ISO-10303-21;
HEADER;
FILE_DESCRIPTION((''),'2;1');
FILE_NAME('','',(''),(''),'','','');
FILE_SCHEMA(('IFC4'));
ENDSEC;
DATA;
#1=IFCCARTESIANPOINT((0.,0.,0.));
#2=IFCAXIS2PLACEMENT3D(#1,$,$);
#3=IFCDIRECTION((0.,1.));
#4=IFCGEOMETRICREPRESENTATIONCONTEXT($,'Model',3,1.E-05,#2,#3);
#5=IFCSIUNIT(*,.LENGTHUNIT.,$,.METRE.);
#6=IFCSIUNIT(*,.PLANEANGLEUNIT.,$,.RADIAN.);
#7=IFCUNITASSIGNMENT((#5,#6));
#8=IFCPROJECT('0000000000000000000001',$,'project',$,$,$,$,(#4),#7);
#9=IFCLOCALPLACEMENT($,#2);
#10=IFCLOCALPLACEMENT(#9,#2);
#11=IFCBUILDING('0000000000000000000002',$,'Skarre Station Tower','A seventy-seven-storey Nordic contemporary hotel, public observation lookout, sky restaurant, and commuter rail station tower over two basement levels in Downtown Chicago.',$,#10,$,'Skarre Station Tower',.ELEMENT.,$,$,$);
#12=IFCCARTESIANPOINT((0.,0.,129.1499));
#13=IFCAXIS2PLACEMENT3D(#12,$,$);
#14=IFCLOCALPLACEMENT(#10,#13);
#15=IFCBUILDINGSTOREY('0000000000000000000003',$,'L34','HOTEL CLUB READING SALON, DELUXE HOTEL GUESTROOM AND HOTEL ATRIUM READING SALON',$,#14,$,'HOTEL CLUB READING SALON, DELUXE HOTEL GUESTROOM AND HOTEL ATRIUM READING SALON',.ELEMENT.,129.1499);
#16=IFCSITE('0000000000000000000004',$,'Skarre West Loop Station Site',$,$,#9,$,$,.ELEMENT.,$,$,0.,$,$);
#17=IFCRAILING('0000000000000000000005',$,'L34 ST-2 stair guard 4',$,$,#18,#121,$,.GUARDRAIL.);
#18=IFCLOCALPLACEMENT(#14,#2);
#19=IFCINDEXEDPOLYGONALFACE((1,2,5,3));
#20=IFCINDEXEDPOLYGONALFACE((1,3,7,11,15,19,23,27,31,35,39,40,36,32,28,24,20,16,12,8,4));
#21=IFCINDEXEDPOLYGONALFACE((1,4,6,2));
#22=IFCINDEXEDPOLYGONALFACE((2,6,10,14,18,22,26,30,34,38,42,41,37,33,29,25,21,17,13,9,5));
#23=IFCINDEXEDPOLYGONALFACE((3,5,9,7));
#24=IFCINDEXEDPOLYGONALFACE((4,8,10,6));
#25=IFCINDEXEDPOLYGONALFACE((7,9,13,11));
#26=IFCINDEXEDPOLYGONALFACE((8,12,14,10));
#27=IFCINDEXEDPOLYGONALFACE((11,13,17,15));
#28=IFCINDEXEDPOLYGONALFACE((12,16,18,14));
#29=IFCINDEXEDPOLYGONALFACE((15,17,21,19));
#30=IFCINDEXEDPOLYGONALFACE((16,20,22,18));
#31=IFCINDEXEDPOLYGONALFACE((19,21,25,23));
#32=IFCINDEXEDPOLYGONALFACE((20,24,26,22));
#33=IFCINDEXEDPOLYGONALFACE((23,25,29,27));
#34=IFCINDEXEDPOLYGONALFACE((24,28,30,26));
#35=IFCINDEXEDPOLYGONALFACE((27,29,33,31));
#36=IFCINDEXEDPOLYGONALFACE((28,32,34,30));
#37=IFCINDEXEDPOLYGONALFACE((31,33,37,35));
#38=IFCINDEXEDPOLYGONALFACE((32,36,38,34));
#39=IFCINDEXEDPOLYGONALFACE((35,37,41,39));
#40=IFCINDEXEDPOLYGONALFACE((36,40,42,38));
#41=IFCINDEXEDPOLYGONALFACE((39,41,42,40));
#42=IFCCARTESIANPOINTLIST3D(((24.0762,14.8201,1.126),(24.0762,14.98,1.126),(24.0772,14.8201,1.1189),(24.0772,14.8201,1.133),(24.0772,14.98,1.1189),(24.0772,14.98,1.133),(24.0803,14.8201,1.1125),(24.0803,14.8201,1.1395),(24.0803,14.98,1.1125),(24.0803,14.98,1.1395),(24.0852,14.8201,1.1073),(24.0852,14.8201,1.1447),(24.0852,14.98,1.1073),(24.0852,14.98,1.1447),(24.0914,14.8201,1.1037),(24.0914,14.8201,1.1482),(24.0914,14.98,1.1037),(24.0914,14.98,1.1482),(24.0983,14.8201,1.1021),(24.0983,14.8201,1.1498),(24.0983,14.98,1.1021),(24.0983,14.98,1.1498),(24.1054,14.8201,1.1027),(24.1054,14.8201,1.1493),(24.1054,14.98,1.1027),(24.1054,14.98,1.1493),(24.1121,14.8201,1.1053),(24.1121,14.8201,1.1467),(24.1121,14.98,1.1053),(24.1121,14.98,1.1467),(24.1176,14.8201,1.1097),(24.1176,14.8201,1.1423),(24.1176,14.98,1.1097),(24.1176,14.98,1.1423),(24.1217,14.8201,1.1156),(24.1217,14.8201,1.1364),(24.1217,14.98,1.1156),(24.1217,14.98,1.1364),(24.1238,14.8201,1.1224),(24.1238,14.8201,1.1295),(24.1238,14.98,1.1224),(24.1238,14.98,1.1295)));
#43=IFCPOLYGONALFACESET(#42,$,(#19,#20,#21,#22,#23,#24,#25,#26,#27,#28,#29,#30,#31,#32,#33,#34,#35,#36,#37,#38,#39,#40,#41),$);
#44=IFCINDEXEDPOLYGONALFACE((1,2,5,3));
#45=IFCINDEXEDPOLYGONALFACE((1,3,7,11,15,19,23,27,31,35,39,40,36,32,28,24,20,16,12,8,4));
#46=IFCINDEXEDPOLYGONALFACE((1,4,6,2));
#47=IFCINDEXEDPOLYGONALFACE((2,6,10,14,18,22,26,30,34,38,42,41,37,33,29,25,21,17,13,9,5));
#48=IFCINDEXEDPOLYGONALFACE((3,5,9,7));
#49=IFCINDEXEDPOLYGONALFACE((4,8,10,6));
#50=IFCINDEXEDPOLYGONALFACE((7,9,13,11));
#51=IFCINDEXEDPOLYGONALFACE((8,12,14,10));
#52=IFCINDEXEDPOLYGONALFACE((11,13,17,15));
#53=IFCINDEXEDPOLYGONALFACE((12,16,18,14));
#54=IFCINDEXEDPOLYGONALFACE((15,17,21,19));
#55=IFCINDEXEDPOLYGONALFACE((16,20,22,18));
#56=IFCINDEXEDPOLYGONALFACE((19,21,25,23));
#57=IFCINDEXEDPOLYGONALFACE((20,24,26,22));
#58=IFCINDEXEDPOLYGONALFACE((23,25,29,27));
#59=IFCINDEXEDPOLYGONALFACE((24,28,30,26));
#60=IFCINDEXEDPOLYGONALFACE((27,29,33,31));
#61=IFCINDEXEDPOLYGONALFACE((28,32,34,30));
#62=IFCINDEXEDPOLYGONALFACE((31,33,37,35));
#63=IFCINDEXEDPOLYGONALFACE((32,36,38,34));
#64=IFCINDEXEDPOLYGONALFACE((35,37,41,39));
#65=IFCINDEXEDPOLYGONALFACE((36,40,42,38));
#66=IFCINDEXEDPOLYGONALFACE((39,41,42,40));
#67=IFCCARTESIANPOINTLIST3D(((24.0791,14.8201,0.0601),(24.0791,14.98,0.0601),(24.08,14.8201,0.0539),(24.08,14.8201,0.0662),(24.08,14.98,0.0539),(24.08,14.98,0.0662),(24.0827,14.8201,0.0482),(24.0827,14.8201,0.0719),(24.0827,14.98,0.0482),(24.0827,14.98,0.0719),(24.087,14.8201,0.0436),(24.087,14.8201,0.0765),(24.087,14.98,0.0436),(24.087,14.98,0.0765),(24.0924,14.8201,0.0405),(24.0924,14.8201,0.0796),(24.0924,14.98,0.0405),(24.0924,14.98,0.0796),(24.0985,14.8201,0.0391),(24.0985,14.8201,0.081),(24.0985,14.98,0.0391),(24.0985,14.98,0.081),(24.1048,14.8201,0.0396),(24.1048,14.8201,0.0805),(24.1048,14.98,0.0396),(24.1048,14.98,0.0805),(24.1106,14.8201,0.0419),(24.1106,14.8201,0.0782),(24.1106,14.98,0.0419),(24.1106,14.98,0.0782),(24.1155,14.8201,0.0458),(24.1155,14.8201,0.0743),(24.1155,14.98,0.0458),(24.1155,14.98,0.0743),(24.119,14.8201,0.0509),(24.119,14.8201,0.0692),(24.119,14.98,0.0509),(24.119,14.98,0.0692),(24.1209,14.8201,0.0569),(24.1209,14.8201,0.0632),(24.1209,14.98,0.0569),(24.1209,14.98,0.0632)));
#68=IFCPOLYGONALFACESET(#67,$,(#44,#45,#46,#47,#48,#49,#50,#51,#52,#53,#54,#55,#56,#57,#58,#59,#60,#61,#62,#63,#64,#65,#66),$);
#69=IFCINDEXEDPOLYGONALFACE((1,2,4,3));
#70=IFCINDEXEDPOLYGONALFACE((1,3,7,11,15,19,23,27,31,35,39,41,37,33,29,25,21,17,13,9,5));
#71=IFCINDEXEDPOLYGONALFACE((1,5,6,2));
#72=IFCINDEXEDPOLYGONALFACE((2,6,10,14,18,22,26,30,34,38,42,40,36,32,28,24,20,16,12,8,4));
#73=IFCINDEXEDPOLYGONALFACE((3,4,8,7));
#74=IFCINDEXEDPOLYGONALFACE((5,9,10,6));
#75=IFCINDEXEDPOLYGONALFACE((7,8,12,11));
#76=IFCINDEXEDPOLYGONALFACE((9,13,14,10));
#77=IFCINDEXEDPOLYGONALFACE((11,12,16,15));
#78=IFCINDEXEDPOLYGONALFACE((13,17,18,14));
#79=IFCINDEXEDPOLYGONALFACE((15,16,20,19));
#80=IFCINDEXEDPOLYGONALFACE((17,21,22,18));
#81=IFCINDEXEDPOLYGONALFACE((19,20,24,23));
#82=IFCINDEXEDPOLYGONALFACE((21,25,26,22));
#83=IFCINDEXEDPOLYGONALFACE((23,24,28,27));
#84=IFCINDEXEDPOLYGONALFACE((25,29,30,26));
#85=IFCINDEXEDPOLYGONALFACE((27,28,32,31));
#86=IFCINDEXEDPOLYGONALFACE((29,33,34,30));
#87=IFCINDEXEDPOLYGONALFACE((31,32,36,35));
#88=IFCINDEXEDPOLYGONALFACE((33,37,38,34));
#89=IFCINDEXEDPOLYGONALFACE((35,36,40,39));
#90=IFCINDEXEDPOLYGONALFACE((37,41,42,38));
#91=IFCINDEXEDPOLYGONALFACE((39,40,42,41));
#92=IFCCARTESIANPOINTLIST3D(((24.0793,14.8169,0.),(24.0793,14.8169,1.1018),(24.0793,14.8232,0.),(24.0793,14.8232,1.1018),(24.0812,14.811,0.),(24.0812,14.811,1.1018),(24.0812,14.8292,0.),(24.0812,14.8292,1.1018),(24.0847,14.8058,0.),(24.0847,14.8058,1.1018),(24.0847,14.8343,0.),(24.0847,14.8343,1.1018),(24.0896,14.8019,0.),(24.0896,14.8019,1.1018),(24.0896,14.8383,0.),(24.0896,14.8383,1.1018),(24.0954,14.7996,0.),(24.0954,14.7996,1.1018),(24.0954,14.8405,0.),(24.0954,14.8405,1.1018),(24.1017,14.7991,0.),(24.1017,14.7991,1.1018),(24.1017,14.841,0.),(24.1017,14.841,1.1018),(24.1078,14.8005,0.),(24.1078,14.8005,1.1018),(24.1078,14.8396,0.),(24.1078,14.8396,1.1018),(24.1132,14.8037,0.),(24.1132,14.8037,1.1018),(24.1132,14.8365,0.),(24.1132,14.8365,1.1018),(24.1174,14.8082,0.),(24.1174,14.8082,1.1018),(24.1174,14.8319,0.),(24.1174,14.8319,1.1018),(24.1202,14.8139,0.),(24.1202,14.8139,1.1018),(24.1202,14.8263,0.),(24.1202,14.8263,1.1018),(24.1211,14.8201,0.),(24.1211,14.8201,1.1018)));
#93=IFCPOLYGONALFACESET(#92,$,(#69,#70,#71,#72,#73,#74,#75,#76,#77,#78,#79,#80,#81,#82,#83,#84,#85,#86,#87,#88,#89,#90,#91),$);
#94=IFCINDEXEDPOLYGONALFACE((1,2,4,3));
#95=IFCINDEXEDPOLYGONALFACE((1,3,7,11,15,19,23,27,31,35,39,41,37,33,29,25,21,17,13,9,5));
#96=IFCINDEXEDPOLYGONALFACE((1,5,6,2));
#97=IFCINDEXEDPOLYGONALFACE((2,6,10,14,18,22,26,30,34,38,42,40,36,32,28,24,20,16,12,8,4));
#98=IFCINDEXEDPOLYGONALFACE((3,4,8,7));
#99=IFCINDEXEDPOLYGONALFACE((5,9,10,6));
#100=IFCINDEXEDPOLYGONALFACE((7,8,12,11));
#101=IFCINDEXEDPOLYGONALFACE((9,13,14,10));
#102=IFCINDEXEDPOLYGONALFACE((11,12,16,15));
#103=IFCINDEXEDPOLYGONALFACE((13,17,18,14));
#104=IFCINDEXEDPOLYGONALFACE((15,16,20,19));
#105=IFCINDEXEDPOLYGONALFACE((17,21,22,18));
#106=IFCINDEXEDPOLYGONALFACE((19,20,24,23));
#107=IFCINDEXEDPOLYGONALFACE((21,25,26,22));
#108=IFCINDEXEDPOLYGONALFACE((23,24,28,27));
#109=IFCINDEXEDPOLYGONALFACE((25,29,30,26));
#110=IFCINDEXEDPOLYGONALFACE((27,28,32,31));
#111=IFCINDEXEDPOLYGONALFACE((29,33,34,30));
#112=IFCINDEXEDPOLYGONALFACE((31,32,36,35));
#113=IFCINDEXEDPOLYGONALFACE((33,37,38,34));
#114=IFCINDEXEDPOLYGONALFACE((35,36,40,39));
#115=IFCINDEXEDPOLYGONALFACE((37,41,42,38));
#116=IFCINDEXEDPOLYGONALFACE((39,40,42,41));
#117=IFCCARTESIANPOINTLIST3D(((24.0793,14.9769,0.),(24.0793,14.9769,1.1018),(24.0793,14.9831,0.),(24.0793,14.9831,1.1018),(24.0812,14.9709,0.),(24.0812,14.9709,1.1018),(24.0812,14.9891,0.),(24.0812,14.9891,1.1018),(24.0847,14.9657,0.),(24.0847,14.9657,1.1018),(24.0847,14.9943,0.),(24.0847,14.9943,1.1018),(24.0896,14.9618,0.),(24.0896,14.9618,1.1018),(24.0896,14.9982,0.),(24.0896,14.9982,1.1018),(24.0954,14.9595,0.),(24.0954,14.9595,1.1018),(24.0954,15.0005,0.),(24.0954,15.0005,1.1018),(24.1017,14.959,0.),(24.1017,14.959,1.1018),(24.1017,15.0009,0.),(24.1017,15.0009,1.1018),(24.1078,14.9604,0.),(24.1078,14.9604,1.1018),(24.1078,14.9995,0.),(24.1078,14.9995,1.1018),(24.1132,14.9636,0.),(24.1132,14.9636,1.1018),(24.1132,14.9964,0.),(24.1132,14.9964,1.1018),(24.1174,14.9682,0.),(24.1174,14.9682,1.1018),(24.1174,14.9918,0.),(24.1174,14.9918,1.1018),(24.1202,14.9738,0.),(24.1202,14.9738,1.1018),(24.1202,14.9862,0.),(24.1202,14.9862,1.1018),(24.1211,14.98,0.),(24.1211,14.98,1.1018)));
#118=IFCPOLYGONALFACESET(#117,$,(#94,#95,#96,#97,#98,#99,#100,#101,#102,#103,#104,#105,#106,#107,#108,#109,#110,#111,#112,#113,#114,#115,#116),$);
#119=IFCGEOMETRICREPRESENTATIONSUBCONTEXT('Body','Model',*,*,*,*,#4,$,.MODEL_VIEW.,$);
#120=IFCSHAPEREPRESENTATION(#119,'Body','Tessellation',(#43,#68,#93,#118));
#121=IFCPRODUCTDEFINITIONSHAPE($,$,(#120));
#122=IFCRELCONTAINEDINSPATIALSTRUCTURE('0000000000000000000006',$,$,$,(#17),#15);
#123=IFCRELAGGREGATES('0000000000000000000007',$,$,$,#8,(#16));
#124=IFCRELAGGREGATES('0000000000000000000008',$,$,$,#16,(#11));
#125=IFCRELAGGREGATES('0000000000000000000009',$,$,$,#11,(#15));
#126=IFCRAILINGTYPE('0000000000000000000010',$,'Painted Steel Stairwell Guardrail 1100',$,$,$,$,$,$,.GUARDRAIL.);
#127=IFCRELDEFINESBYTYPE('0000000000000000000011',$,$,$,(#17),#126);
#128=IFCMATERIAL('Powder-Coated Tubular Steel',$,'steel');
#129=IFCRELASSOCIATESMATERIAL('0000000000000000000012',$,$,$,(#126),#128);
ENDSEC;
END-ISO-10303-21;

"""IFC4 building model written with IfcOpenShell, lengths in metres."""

from ifc_helpers import new_model, si_unit, direction, frame, origin, origin_2d, place, context, subcontext, project, spatial, circle, extrude, material, type_object, element, save


model = new_model("IFC4")

# Units and contexts
model_context = context("Model", 3, precision=1e-05, world=origin(), true_north=direction((0.0, 1.0)))
body_context = subcontext(model_context, "Body", "Model", "MODEL_VIEW")
ifc_project = project(units=[si_unit("LENGTHUNIT", "METRE"), si_unit("PLANEANGLEUNIT", "RADIAN")], contexts=[model_context])

# Site, building, storey
site_placement = place(None, origin())
site = spatial("IfcSite", under=ifc_project, at=site_placement, Name="Skarre West Loop Station Site", CompositionType="ELEMENT", RefElevation=0.0)
building_placement = place(site_placement, origin())
building = spatial("IfcBuilding", under=site, at=building_placement, Name="Skarre Station Tower", Description="A seventy-seven-storey Nordic contemporary hotel, public observation lookout, sky restaurant, and commuter rail station tower over two basement levels in Downtown Chicago.", LongName="Skarre Station Tower", CompositionType="ELEMENT")
storey_placement = place(building_placement, frame((0.0, 0.0, 129.1499)))
storey = spatial("IfcBuildingStorey", under=building, at=storey_placement, Name="L34", Description="HOTEL CLUB READING SALON, DELUXE HOTEL GUESTROOM AND HOTEL ATRIUM READING SALON", LongName="HOTEL CLUB READING SALON, DELUXE HOTEL GUESTROOM AND HOTEL ATRIUM READING SALON", CompositionType="ELEMENT", Elevation=129.1499)

# Railing
ifc_material_1 = material(Name="Powder-Coated Tubular Steel", Category="steel")
railing_type_1 = type_object("IfcRailingType", Name="Painted Steel Stairwell Guardrail 1100", PredefinedType="GUARDRAIL", material=ifc_material_1)
railing_1_placement = place(storey_placement, frame((24.1001, 14.8201, 0.0)))
element("IfcRailing", 1, at=railing_1_placement, inside=storey, type_object=railing_type_1, Name="L34 ST-2 stair guard 4", PredefinedType="GUARDRAIL", context=body_context, shape_type="SweptSolid", body=[
    extrude(circle(Radius=0.0239, at=origin_2d()), frame((0.0, 0.0, 1.126), z_axis=(0.0, 1.0, 0.0), x_axis=(-1.0, 0.0, 0.0)), (0.0, 0.0, 1.0), 0.1599),
    extrude(circle(Radius=0.021, at=origin_2d()), frame((0.0, 0.0, 0.0601), z_axis=(0.0, 1.0, 0.0), x_axis=(-1.0, 0.0, 0.0)), (0.0, 0.0, 1.0), 0.1599),
    extrude(circle(Radius=0.021, at=origin_2d()), origin(), (0.0, 0.0, 1.0), 1.1018),
    extrude(circle(Radius=0.021, at=origin_2d()), frame((0.0, 0.1599, 0.0)), (0.0, 0.0, 1.0), 1.1018),
])

save(model, "model.ifc")
